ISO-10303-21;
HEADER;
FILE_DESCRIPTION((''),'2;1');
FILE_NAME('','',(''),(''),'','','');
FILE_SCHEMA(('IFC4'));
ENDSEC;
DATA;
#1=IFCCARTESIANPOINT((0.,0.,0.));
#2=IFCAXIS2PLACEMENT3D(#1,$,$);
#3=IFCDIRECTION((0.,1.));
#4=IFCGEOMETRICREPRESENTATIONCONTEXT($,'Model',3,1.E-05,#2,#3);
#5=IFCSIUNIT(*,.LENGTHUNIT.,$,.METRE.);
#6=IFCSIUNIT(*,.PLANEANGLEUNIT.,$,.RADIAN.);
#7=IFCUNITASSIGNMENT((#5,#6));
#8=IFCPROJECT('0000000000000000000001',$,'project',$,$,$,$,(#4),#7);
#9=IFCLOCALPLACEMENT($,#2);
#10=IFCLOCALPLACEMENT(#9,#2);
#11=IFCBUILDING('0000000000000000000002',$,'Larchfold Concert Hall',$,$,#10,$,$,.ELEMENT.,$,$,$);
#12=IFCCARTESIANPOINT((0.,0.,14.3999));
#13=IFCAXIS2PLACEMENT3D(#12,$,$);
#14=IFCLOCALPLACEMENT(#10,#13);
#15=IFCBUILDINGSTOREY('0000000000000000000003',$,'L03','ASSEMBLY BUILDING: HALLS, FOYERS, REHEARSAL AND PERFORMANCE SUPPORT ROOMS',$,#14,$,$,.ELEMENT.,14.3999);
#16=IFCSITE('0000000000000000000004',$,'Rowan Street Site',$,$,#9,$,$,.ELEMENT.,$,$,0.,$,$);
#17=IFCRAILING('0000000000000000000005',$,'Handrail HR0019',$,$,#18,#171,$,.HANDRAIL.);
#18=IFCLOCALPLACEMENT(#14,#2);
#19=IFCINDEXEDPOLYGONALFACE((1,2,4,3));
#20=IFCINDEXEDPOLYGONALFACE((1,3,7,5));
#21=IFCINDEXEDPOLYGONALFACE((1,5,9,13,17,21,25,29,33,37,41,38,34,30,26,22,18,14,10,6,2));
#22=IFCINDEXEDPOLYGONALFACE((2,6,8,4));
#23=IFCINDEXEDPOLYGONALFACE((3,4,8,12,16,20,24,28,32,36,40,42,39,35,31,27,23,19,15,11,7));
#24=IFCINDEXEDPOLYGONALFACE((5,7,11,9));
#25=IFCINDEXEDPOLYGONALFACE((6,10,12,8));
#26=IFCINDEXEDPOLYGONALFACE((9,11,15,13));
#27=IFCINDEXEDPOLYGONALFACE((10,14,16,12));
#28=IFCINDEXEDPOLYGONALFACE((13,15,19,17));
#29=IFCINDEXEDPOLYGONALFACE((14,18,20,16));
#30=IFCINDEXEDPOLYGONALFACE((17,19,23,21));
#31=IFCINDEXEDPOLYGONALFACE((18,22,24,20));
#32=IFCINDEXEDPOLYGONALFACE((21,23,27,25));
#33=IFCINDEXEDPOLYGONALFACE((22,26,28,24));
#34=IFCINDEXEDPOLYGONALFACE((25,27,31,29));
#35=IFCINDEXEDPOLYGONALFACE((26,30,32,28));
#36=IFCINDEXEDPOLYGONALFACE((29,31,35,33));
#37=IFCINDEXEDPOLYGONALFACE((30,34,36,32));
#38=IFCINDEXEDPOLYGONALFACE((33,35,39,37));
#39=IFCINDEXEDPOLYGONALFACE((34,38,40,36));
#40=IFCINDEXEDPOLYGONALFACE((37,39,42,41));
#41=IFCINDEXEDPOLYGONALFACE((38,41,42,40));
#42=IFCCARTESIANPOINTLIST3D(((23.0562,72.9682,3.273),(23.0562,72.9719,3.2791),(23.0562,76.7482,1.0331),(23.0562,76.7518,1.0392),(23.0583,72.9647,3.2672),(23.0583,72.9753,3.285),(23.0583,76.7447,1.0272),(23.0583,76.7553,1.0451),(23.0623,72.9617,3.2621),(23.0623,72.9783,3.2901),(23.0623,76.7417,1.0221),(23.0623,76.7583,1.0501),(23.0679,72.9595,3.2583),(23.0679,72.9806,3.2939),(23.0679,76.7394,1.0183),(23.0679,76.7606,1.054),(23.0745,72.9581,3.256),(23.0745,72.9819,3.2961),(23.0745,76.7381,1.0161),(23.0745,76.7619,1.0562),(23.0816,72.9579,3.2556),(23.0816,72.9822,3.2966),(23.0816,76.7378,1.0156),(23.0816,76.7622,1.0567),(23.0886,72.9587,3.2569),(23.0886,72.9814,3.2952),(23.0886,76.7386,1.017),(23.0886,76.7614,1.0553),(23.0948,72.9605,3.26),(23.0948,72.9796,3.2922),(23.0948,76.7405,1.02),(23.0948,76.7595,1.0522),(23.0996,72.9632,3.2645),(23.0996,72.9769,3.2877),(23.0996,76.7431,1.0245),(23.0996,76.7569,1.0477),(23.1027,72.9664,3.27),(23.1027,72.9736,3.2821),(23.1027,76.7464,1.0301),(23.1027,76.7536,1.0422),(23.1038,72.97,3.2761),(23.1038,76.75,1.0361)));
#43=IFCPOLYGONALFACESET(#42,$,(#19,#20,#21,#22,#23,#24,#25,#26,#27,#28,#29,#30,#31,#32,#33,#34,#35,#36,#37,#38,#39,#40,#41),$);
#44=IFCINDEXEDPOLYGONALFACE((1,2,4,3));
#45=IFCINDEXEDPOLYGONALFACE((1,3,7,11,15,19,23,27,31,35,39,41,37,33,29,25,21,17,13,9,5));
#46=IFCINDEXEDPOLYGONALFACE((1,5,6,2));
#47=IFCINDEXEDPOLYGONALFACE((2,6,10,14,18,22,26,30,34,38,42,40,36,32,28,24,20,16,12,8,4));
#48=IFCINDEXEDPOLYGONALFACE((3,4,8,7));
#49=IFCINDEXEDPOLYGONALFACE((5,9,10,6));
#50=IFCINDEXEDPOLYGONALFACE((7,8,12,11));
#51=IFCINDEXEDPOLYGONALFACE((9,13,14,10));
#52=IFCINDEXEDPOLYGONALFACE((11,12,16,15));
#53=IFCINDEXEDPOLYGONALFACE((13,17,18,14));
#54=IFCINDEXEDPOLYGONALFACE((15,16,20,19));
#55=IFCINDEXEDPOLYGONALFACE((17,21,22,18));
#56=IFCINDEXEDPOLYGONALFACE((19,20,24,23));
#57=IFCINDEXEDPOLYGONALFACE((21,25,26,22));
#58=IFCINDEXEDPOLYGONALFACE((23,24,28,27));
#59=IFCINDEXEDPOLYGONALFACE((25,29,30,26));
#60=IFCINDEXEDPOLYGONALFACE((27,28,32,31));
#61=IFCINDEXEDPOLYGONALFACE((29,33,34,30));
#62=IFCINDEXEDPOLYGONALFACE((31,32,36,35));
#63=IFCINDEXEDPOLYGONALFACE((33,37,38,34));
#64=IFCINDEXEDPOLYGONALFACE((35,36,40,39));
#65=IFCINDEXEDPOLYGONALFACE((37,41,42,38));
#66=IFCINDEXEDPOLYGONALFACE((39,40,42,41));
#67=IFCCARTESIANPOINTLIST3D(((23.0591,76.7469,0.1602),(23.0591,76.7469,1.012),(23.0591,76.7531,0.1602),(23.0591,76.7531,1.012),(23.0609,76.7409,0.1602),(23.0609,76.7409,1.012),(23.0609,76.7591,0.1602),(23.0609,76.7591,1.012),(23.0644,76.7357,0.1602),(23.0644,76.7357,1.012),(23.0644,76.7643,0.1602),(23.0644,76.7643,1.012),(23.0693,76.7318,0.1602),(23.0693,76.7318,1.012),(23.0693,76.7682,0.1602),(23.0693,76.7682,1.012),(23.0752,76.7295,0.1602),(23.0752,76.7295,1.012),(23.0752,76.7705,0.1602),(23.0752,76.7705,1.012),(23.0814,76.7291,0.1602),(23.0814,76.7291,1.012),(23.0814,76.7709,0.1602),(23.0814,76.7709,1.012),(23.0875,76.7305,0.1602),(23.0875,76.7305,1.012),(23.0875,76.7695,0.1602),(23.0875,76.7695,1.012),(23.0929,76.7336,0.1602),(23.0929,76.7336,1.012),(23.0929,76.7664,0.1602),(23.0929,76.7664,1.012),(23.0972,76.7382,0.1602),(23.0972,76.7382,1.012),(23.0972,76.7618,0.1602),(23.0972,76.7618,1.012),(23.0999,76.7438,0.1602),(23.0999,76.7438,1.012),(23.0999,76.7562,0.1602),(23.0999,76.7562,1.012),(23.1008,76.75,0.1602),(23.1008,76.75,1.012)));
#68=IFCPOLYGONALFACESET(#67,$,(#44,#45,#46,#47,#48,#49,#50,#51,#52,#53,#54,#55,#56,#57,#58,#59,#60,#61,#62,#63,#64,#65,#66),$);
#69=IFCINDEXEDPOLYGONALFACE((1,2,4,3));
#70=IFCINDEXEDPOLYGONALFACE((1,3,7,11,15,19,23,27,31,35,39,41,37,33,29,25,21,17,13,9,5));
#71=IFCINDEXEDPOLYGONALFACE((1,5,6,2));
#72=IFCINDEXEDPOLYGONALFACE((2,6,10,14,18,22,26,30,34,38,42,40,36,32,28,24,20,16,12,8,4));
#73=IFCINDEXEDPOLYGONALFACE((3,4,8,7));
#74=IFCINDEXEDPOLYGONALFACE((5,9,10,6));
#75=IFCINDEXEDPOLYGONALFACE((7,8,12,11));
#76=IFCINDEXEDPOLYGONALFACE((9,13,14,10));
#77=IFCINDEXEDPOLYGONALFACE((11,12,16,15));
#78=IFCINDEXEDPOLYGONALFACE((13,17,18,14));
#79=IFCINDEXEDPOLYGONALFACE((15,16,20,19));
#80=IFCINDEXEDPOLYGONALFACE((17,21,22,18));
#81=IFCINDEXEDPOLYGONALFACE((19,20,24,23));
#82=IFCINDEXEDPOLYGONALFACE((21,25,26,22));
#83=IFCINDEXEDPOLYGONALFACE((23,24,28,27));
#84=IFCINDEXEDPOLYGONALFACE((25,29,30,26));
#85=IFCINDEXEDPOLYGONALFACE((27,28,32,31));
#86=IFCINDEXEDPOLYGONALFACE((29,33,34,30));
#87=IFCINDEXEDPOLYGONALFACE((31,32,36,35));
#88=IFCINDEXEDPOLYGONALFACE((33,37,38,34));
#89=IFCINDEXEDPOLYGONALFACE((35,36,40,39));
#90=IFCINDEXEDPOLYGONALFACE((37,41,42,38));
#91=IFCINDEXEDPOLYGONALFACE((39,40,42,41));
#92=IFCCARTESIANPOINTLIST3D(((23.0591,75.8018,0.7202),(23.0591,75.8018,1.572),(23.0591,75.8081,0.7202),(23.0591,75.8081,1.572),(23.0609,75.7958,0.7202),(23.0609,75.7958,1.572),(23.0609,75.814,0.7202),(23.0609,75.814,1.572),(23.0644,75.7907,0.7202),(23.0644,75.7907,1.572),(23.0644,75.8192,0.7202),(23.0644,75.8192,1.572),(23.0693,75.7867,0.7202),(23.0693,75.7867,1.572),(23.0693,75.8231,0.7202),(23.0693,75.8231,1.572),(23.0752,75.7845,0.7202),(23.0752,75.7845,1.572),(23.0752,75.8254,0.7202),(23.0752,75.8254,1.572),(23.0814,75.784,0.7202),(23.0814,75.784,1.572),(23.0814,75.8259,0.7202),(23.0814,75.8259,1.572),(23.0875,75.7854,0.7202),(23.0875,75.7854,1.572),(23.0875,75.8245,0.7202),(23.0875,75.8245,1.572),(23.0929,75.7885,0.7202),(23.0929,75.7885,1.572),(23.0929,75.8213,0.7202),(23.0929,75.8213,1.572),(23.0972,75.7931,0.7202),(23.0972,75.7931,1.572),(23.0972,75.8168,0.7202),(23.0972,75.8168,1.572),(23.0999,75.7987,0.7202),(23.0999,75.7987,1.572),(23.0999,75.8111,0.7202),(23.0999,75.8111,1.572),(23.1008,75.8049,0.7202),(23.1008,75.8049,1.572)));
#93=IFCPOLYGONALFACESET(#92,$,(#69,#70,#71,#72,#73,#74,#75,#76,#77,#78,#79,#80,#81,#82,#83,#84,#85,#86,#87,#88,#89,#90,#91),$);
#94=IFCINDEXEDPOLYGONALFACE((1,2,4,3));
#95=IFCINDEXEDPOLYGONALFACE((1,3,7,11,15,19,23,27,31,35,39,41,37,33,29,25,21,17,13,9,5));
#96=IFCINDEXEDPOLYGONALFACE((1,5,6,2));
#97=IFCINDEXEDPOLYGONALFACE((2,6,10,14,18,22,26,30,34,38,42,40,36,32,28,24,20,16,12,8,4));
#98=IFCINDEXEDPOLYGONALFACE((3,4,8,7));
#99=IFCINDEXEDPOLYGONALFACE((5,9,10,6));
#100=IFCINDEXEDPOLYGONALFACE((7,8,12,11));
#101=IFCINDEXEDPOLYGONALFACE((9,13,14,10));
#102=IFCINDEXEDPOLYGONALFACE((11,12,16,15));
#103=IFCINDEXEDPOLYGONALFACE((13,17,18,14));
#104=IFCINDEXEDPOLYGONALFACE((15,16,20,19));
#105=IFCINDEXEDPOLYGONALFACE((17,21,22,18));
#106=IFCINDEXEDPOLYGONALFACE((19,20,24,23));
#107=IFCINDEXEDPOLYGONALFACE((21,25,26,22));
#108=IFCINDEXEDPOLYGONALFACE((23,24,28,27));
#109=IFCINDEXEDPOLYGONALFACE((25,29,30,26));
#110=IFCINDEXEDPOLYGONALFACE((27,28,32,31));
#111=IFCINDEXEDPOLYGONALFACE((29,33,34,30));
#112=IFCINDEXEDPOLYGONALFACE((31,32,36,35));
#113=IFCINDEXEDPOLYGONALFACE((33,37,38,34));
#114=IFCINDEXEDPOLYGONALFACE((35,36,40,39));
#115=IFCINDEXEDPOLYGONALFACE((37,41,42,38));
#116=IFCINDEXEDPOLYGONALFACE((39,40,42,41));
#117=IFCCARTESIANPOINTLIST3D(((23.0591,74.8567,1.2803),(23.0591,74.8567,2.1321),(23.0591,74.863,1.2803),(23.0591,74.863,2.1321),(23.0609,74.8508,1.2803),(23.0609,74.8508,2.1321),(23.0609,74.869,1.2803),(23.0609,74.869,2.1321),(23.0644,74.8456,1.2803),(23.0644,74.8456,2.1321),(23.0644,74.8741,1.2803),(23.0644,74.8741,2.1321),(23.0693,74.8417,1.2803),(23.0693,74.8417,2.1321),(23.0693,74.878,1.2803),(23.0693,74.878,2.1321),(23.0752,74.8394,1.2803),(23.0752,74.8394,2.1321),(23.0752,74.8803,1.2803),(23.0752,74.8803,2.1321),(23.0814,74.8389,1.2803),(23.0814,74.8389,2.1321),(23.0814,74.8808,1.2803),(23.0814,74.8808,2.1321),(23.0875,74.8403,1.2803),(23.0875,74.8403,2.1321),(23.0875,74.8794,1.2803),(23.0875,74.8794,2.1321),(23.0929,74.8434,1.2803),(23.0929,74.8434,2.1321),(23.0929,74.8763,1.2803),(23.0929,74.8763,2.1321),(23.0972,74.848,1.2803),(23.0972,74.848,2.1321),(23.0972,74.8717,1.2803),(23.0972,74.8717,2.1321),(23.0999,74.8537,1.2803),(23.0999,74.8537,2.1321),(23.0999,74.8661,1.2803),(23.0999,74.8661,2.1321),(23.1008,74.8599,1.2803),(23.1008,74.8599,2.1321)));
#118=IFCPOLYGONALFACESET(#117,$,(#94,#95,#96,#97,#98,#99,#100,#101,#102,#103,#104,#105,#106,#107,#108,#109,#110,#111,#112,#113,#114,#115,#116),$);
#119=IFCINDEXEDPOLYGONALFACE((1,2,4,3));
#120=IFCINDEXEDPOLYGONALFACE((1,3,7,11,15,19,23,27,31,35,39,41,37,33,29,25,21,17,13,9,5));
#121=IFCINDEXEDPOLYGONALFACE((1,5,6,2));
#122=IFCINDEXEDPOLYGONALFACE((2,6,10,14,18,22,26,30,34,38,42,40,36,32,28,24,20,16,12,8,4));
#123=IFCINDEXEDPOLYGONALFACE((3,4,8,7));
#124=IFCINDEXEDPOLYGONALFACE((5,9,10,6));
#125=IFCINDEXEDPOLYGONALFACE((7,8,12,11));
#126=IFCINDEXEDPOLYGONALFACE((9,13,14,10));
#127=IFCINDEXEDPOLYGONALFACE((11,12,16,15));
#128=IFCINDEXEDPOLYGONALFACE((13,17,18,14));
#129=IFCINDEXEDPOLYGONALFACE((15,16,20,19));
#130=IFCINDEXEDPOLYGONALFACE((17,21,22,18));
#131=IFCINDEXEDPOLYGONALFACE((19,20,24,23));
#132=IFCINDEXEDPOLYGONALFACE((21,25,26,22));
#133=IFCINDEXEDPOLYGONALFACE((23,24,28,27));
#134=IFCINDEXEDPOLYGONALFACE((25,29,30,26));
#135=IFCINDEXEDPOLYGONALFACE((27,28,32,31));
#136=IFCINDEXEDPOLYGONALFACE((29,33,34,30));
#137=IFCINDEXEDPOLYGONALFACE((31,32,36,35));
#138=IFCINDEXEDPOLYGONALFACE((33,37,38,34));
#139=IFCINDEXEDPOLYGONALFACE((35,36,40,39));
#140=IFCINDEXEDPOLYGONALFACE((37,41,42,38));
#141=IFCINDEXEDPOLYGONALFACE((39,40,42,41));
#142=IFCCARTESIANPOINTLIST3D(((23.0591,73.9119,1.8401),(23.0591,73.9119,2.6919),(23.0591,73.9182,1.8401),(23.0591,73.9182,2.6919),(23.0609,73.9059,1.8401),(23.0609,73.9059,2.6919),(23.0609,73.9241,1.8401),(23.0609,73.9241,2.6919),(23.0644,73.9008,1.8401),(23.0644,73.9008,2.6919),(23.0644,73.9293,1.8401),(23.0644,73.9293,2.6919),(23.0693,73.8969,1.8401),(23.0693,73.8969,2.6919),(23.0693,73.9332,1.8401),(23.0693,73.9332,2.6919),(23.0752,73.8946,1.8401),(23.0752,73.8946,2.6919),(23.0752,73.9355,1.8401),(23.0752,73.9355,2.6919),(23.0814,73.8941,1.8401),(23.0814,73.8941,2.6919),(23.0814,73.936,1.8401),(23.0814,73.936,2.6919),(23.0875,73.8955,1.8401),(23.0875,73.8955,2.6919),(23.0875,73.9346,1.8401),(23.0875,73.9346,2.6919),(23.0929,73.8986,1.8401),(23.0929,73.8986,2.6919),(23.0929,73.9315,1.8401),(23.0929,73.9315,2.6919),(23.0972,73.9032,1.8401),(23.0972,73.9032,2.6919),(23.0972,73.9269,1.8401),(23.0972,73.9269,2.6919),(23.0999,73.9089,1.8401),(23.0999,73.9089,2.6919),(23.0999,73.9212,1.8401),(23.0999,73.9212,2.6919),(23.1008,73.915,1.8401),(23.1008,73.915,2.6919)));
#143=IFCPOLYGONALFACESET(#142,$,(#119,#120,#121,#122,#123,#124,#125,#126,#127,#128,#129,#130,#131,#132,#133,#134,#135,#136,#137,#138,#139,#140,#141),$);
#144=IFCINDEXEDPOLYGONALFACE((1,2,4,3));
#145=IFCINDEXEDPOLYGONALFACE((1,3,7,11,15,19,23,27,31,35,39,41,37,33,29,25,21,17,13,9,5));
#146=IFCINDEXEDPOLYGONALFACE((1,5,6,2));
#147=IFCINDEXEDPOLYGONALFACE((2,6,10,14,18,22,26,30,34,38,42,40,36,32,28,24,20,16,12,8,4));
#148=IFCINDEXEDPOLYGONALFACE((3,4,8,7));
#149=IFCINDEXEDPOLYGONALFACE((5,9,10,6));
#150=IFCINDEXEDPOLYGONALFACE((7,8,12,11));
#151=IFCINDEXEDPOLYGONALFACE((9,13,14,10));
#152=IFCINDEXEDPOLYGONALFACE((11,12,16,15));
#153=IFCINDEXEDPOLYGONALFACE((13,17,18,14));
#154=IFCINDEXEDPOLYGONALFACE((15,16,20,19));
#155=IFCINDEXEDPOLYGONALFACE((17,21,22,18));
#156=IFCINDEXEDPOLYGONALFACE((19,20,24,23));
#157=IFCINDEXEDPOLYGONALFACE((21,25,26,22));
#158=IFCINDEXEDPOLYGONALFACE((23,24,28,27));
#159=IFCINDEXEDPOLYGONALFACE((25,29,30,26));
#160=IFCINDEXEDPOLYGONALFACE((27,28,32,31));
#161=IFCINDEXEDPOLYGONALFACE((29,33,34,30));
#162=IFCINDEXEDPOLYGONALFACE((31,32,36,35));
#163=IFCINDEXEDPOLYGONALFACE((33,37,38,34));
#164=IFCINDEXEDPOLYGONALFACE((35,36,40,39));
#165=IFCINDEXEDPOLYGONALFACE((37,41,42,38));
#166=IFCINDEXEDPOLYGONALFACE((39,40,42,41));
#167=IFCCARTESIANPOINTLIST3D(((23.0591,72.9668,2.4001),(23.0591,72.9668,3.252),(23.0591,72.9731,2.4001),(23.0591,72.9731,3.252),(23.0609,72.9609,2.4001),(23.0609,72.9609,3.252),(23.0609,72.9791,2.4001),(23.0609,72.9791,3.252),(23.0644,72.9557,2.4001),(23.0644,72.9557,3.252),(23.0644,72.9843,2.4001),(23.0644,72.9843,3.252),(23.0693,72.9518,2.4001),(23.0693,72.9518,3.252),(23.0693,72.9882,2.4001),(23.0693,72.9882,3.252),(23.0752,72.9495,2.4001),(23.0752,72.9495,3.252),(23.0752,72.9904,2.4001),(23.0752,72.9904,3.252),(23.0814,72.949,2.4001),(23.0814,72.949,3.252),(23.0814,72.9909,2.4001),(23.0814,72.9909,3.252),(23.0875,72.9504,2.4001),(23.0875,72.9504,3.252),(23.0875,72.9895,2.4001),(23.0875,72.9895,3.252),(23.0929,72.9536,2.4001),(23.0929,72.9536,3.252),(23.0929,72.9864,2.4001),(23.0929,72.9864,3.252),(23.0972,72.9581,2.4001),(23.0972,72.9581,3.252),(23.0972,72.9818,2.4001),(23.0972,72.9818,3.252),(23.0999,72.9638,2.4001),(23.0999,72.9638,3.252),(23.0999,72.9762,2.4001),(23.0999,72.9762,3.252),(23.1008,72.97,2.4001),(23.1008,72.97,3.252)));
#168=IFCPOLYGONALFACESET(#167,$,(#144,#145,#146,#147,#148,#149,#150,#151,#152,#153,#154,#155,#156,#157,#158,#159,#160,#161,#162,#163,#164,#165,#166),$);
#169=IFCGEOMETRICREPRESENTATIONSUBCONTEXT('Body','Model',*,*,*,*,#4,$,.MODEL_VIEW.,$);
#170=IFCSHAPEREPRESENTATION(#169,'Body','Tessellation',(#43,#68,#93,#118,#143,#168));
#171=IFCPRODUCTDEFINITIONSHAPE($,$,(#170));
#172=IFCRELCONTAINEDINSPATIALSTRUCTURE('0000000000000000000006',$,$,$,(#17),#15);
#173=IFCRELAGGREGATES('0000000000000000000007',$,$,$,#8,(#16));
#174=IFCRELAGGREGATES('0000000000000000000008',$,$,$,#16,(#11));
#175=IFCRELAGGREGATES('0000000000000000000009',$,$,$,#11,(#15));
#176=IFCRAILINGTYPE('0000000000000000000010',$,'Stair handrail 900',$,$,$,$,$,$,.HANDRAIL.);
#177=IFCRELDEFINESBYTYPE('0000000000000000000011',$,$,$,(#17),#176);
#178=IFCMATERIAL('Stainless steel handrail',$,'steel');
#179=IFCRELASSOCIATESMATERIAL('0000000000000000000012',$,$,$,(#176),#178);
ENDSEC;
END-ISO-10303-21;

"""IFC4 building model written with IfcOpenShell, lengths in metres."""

from ifc_helpers import new_model, si_unit, direction, frame, origin, origin_2d, place, context, subcontext, project, spatial, circle, extrude, material, type_object, element, save


model = new_model("IFC4")

# Units and contexts
model_context = context("Model", 3, precision=1e-05, world=origin(), true_north=direction((0.0, 1.0)))
body_context = subcontext(model_context, "Body", "Model", "MODEL_VIEW")
ifc_project = project(units=[si_unit("LENGTHUNIT", "METRE"), si_unit("PLANEANGLEUNIT", "RADIAN")], contexts=[model_context])

# Site, building, storey
site_placement = place(None, origin())
site = spatial("IfcSite", under=ifc_project, at=site_placement, Name="Rowan Street Site", CompositionType="ELEMENT", RefElevation=0.0)
building_placement = place(site_placement, origin())
building = spatial("IfcBuilding", under=site, at=building_placement, Name="Larchfold Concert Hall", CompositionType="ELEMENT")
storey_placement = place(building_placement, frame((0.0, 0.0, 14.3999)))
storey = spatial("IfcBuildingStorey", under=building, at=storey_placement, Name="L03", Description="ASSEMBLY BUILDING: HALLS, FOYERS, REHEARSAL AND PERFORMANCE SUPPORT ROOMS", CompositionType="ELEMENT", Elevation=14.3999)

# Railing
ifc_material_1 = material(Name="Stainless steel handrail", Category="steel")
railing_type_1 = type_object("IfcRailingType", Name="Stair handrail 900", PredefinedType="HANDRAIL", material=ifc_material_1)
railing_1_placement = place(storey_placement, frame((23.0798, 76.75, 0.1602)))
element("IfcRailing", 1, at=railing_1_placement, inside=storey, type_object=railing_type_1, Name="Handrail HR0019", PredefinedType="HANDRAIL", context=body_context, shape_type="SweptSolid", body=[
    extrude(circle(Radius=0.0239, at=origin_2d()), frame((0.0, 0.0, 0.876), z_axis=(0.0, -0.860294, 0.509798), x_axis=(1.0, 0.0, 0.0)), (0.0, 0.0, 1.0), 4.3938),
    extrude(circle(Radius=0.021, at=origin_2d()), origin(), (0.0, 0.0, 1.0), 0.8518),
    extrude(circle(Radius=0.021, at=origin_2d()), frame((0.0, -0.9451, 0.5601)), (0.0, 0.0, 1.0), 0.8518),
    extrude(circle(Radius=0.021, at=origin_2d()), frame((0.0, -1.8901, 1.1201)), (0.0, 0.0, 1.0), 0.8518),
    extrude(circle(Radius=0.021, at=origin_2d()), frame((0.0, -2.835, 1.6799)), (0.0, 0.0, 1.0), 0.8518),
    extrude(circle(Radius=0.021, at=origin_2d()), frame((0.0, -3.78, 2.24)), (0.0, 0.0, 1.0), 0.8518),
])

save(model, "model.ifc")
